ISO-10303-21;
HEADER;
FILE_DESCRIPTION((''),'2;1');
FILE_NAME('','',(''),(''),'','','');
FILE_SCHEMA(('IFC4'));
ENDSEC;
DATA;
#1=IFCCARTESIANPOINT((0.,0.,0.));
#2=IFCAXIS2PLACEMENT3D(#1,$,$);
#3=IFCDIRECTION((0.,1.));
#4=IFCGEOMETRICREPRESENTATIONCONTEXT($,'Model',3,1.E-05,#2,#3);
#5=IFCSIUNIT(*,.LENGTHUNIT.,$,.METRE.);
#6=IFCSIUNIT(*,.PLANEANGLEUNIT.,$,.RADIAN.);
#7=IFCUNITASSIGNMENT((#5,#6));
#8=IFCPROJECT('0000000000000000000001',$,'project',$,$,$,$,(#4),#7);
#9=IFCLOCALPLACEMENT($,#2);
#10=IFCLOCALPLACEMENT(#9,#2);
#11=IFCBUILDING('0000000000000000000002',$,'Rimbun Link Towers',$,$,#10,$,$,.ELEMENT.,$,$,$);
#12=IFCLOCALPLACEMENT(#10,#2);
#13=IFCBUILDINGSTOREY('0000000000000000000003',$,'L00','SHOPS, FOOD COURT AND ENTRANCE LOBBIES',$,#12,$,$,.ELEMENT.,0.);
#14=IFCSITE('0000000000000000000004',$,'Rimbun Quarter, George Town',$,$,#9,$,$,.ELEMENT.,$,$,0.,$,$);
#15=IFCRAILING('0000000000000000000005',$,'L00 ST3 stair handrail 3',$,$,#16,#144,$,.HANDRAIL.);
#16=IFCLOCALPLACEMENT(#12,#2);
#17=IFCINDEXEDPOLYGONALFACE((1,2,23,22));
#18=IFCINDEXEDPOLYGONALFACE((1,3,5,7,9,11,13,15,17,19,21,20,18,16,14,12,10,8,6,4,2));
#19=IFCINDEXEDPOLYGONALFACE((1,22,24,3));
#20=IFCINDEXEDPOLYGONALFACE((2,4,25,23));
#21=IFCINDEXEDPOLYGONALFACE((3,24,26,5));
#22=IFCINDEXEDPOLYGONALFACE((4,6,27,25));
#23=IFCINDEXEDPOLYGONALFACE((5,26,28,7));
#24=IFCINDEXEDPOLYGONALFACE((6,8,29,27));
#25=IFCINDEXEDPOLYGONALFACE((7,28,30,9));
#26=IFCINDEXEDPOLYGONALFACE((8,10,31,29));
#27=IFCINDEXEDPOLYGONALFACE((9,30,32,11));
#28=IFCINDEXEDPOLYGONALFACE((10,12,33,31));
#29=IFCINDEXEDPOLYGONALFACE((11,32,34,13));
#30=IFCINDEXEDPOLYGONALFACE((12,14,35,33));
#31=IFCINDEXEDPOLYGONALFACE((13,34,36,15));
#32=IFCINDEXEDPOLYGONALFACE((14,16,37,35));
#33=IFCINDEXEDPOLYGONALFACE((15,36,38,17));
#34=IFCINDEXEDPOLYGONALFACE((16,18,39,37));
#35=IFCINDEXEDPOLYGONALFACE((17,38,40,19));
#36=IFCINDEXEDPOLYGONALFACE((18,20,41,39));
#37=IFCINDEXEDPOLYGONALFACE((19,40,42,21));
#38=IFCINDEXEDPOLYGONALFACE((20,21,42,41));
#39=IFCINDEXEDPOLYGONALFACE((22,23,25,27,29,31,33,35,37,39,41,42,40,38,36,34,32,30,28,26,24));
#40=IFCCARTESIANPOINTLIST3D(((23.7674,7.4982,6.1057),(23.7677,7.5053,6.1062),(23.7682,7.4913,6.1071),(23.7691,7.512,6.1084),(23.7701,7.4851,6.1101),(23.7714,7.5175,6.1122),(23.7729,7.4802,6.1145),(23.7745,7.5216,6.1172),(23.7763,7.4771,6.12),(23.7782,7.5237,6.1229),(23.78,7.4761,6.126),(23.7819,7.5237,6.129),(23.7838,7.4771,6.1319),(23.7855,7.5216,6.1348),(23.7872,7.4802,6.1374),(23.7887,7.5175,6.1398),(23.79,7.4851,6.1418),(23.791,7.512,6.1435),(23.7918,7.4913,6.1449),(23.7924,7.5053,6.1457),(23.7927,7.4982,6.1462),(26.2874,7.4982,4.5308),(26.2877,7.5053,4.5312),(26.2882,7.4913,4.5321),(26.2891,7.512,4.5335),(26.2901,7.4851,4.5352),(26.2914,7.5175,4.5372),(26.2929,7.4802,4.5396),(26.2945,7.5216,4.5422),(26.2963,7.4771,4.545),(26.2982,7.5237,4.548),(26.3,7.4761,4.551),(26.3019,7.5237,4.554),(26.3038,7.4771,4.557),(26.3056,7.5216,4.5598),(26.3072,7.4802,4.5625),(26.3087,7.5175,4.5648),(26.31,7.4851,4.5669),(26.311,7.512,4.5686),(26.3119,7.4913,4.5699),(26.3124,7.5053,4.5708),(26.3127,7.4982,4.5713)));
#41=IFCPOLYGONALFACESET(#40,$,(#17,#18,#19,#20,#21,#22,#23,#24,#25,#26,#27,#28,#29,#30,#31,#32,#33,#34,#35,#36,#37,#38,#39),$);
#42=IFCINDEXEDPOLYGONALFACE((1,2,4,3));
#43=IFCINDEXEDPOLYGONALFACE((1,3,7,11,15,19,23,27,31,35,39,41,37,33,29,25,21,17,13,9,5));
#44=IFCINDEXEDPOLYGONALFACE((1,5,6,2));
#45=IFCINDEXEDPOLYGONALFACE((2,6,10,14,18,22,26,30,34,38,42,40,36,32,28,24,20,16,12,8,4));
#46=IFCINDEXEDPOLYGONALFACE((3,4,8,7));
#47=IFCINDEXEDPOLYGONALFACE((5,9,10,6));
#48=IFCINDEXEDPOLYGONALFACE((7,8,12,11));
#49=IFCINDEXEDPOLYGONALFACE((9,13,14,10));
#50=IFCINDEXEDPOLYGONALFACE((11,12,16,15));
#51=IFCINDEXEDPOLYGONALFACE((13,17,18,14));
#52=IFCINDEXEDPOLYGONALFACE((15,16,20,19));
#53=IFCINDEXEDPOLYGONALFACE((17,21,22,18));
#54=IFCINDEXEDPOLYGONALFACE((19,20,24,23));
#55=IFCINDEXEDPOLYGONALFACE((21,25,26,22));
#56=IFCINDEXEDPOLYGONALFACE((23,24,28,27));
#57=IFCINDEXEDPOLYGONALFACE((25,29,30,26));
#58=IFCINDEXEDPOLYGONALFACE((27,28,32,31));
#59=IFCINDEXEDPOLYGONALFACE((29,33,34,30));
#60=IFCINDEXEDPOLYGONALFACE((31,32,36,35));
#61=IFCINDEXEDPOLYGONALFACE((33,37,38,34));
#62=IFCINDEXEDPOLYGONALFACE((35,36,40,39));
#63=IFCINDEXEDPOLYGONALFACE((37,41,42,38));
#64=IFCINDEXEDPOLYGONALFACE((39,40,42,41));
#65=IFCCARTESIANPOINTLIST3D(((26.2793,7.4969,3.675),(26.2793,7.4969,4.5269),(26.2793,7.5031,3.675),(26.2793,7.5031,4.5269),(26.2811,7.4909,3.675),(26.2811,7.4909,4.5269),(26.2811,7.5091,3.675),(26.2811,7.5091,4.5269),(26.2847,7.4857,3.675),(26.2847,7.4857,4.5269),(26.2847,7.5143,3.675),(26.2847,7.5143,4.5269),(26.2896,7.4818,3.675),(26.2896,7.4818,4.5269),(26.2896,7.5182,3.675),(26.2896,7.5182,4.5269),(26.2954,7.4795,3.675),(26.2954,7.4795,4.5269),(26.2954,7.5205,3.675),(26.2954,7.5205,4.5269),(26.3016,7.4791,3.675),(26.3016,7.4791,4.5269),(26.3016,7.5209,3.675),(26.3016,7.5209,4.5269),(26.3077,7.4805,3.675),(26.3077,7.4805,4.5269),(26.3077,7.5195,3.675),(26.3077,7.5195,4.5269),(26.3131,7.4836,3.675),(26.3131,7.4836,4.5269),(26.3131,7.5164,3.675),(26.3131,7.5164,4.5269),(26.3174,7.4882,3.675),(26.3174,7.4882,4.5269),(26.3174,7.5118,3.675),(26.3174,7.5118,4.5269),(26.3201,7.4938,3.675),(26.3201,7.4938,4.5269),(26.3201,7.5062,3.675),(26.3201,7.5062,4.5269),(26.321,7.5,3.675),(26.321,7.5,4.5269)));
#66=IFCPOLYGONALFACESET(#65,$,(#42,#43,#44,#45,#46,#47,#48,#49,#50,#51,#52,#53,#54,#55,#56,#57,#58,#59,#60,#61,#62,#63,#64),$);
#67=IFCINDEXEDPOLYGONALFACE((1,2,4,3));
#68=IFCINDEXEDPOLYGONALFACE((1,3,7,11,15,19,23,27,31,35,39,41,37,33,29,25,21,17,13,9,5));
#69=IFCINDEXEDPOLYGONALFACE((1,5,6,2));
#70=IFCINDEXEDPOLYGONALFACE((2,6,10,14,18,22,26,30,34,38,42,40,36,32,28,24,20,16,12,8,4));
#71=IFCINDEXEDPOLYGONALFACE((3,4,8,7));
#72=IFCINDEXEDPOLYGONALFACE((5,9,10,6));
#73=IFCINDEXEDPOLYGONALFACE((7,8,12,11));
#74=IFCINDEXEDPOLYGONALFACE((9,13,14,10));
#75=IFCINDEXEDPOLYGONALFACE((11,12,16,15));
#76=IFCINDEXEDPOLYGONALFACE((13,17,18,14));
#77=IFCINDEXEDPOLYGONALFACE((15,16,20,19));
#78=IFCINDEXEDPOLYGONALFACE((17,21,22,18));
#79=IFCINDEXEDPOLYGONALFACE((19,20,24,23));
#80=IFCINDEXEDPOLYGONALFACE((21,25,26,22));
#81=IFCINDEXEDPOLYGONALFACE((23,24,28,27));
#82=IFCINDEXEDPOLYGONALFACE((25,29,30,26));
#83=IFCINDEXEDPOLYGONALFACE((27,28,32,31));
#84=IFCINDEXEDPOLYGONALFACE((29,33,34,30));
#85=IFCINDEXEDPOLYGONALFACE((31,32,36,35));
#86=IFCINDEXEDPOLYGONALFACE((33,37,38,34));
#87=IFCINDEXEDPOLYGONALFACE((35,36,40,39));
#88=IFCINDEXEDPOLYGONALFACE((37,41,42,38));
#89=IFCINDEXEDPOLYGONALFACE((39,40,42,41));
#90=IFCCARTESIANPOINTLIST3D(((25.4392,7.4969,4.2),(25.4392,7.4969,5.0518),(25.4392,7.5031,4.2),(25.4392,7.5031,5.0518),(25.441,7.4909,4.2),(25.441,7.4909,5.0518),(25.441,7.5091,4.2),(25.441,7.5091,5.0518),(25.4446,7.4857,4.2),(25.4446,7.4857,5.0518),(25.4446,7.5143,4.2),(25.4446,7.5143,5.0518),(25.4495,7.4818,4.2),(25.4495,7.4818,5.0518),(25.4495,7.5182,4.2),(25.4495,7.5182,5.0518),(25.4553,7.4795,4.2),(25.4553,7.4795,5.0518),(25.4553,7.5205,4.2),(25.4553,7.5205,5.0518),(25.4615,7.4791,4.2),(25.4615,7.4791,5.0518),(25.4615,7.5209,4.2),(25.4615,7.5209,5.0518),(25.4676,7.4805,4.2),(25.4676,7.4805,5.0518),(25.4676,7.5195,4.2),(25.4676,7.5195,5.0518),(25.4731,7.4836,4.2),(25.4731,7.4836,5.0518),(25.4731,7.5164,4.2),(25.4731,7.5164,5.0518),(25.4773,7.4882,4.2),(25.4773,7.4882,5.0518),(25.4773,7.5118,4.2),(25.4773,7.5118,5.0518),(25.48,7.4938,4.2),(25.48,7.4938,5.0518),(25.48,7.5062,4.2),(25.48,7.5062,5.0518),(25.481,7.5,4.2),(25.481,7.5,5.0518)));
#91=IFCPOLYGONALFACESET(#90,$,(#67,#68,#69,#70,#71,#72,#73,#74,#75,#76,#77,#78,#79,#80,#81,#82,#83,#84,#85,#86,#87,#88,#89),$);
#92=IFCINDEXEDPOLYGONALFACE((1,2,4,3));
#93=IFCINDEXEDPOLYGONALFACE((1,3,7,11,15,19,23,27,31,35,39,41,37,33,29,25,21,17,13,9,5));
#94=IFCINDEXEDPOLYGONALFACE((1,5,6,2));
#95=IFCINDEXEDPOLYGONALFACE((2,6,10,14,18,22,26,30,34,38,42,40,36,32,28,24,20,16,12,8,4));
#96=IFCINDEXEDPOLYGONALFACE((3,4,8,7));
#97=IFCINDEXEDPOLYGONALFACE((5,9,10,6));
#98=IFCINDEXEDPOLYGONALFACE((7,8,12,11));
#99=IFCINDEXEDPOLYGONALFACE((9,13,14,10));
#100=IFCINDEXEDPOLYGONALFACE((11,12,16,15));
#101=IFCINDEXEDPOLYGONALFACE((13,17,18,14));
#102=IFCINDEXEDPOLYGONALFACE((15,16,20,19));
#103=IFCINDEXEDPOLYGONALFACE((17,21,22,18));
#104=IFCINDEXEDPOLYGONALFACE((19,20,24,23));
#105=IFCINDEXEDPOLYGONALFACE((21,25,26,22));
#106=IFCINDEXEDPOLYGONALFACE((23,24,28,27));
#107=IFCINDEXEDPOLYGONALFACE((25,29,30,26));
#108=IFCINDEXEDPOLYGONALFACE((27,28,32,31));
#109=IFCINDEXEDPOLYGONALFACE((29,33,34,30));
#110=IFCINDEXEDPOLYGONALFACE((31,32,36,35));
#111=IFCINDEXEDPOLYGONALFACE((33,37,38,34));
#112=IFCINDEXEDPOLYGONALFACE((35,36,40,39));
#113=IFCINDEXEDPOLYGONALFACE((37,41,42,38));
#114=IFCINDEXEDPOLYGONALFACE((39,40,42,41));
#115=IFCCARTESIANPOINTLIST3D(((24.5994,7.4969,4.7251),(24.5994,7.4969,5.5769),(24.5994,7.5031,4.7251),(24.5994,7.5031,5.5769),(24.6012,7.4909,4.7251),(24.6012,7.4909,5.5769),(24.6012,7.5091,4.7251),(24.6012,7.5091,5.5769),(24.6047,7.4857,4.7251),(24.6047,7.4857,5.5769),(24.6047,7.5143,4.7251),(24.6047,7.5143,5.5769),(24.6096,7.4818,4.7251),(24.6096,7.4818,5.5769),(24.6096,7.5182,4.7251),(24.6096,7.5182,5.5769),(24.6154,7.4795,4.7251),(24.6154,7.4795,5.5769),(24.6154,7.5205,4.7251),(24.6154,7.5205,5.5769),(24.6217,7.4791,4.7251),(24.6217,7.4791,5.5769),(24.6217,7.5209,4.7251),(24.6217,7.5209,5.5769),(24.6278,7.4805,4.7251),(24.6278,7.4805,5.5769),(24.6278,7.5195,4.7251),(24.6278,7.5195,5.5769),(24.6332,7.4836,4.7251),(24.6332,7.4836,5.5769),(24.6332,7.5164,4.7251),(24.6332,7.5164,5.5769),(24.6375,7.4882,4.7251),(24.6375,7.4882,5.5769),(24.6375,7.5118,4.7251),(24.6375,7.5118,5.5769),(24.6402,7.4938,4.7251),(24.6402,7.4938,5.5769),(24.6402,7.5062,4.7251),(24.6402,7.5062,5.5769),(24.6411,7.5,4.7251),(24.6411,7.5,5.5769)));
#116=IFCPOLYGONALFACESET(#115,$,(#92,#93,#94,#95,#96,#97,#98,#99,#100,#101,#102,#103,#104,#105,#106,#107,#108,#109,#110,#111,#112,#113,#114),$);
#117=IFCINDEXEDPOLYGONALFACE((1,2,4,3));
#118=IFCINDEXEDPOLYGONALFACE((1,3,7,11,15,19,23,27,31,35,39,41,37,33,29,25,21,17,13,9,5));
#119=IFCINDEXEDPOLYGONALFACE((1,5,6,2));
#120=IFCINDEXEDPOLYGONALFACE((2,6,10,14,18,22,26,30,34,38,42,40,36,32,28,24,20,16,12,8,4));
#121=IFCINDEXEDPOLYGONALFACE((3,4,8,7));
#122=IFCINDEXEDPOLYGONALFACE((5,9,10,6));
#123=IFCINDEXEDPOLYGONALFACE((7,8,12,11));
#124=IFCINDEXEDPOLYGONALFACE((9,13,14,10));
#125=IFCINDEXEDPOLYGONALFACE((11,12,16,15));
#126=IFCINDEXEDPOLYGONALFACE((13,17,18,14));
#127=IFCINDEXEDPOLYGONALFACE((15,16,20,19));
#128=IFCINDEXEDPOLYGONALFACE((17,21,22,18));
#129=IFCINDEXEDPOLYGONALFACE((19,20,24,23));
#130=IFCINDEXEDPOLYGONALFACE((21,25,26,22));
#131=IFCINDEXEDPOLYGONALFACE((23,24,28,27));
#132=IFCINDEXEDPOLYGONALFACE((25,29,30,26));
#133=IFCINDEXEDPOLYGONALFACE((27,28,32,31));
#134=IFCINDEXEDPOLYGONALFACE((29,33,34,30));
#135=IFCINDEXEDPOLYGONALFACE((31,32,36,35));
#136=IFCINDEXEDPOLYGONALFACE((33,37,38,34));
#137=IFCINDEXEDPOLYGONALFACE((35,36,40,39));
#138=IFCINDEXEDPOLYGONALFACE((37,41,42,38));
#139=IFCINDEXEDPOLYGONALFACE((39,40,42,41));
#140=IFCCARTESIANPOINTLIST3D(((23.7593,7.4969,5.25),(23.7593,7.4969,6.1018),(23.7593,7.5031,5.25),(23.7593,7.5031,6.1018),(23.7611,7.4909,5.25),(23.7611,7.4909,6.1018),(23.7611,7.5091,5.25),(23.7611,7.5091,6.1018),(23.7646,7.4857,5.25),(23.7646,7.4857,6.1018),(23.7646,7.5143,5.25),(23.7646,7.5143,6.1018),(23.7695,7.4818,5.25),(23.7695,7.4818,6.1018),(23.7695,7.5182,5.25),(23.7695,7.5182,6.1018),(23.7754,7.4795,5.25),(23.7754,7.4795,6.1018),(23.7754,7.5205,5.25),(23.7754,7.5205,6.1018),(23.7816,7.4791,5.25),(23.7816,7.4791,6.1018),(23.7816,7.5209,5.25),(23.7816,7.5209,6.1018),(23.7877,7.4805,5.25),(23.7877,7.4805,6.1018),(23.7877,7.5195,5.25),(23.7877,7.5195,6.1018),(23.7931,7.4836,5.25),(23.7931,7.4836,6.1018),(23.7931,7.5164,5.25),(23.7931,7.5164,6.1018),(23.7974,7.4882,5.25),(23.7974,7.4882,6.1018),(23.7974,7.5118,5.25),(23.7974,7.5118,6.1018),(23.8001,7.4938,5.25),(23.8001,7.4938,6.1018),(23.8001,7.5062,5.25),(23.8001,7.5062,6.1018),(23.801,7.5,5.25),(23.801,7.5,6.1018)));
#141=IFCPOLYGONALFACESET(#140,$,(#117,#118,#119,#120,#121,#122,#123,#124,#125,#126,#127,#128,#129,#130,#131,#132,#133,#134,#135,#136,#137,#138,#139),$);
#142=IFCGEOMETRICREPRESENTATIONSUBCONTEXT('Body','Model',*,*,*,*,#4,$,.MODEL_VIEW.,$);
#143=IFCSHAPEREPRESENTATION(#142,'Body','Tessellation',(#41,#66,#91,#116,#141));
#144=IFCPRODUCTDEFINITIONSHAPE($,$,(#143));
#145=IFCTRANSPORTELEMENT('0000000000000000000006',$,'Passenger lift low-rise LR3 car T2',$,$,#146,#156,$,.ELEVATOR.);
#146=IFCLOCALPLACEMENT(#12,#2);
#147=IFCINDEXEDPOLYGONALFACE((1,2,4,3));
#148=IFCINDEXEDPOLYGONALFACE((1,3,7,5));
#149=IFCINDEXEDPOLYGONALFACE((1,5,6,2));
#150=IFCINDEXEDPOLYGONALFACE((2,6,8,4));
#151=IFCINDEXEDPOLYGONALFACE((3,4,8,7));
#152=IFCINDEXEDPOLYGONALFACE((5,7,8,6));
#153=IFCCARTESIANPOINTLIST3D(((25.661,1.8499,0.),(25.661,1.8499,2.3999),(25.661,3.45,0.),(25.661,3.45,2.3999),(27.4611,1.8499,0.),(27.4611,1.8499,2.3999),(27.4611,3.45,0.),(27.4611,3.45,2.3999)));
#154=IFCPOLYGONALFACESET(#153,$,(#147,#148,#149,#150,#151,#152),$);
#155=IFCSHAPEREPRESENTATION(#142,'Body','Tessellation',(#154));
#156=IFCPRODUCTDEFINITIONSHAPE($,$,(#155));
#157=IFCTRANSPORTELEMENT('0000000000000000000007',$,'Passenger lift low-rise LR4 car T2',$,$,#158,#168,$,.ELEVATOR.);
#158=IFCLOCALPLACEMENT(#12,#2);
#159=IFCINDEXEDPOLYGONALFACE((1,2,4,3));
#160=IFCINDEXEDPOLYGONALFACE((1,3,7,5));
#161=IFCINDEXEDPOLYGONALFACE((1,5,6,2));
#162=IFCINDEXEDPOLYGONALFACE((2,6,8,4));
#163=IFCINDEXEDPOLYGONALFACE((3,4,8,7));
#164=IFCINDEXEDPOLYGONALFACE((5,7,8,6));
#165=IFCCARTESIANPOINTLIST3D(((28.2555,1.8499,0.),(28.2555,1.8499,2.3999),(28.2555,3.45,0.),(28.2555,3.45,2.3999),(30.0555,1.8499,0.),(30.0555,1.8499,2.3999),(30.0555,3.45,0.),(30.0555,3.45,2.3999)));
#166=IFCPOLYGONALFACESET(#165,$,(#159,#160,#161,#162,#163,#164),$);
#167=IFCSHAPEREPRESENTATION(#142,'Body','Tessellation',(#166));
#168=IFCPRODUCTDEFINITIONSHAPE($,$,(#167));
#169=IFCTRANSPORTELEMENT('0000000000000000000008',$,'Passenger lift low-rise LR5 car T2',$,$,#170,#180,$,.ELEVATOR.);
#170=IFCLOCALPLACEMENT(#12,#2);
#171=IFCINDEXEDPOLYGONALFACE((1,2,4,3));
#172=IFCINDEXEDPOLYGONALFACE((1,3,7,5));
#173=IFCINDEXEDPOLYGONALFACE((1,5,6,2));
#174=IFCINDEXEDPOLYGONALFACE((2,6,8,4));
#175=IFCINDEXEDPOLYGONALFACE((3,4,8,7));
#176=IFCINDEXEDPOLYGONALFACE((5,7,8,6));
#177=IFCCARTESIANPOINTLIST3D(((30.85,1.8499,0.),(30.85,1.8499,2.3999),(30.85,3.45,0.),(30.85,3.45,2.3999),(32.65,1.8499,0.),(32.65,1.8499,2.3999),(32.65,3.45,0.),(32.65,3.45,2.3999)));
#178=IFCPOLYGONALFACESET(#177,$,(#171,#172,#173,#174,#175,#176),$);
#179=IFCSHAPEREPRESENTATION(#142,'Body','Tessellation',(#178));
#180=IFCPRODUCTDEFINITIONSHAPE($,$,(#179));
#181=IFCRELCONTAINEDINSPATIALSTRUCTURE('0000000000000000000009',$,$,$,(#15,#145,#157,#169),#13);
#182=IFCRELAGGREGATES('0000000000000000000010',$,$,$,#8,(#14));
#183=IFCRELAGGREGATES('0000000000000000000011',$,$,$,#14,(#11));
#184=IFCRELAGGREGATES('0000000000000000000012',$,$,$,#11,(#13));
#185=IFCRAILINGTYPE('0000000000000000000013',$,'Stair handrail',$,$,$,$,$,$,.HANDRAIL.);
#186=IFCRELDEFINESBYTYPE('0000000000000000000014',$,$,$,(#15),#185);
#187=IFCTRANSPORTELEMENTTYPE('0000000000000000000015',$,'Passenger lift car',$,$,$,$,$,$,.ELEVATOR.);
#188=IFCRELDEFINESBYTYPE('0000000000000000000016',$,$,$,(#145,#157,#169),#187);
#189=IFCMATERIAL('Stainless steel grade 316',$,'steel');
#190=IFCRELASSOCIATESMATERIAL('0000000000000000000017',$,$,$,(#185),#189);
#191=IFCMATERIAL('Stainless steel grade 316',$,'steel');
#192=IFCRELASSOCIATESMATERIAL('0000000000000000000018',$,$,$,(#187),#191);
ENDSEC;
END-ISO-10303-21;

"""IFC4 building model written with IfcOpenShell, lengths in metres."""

from ifc_helpers import new_model, si_unit, direction, frame, origin, origin_2d, place, context, subcontext, project, spatial, rectangle, circle, extrude, material, type_object, element, save


model = new_model("IFC4")

# Units and contexts
model_context = context("Model", 3, precision=1e-05, world=origin(), true_north=direction((0.0, 1.0)))
body_context = subcontext(model_context, "Body", "Model", "MODEL_VIEW")
ifc_project = project(units=[si_unit("LENGTHUNIT", "METRE"), si_unit("PLANEANGLEUNIT", "RADIAN")], contexts=[model_context])

# Site, building, storey
site_placement = place(None, origin())
site = spatial("IfcSite", under=ifc_project, at=site_placement, Name="Rimbun Quarter, George Town", CompositionType="ELEMENT", RefElevation=0.0)
building_placement = place(site_placement, origin())
building = spatial("IfcBuilding", under=site, at=building_placement, Name="Rimbun Link Towers", CompositionType="ELEMENT")
storey_placement = place(building_placement, origin())
storey = spatial("IfcBuildingStorey", under=building, at=storey_placement, Name="L00", Description="SHOPS, FOOD COURT AND ENTRANCE LOBBIES", CompositionType="ELEMENT", Elevation=0.0)

# Railing
ifc_material_1 = material(Name="Stainless steel grade 316", Category="steel")
railing_type_1 = type_object("IfcRailingType", Name="Stair handrail", PredefinedType="HANDRAIL", material=ifc_material_1)
for number, where, name in (
    (1, (26.3, 7.5, 3.675), "L00 ST3 stair handrail 3"),
):
    element("IfcRailing", number, at=place(storey_placement, frame(where)), inside=storey, type_object=railing_type_1, Name=name, PredefinedType="HANDRAIL", context=body_context, shape_type="SweptSolid", body=[
        extrude(circle(Radius=0.0239, at=origin_2d()), frame((0.0, 0.0, 0.876), z_axis=(-0.848008, 0.0, 0.529984), x_axis=(0.0, -1.0, 0.0)), (0.0, 0.0, 1.0), 2.9717),
        extrude(circle(Radius=0.021, at=origin_2d()), origin(), (0.0, 0.0, 1.0), 0.8518),
        extrude(circle(Radius=0.021, at=origin_2d()), frame((-0.8401, 0.0, 0.5249)), (0.0, 0.0, 1.0), 0.8518),
        extrude(circle(Radius=0.021, at=origin_2d()), frame((-1.6799, 0.0, 1.05)), (0.0, 0.0, 1.0), 0.8518),
        extrude(circle(Radius=0.021, at=origin_2d()), frame((-2.52, 0.0, 1.575)), (0.0, 0.0, 1.0), 0.8518),
    ])

# Transport elements
ifc_material_2 = material(Name="Stainless steel grade 316", Category="steel")
transport_element_type = type_object("IfcTransportElementType", Name="Passenger lift car", PredefinedType="ELEVATOR", material=ifc_material_2)
for number, where, z_axis, x_axis, name in (
    (2, (26.561, 2.6499, 0.0), (0.0, 0.0, 1.0), (1.0, 0.0, 0.0), "Passenger lift low-rise LR3 car T2"),
    (3, (29.1555, 2.6499, 0.0), (0.0, 0.0, 1.0), (1.0, 0.0, 0.0), "Passenger lift low-rise LR4 car T2"),
    (4, (31.75, 2.6499, 0.0), (0.0, 0.0, 1.0), (1.0, 0.0, 0.0), "Passenger lift low-rise LR5 car T2"),
):
    element("IfcTransportElement", number, at=place(storey_placement, frame(where, z_axis=z_axis, x_axis=x_axis)), inside=storey, type_object=transport_element_type, Name=name, PredefinedType="ELEVATOR", context=body_context, shape_type="SweptSolid", body=[
        extrude(rectangle(XDim=1.8, YDim=1.6001, at=origin_2d()), origin(), (0.0, 0.0, 1.0), 2.3999),
    ])

save(model, "model.ifc")
